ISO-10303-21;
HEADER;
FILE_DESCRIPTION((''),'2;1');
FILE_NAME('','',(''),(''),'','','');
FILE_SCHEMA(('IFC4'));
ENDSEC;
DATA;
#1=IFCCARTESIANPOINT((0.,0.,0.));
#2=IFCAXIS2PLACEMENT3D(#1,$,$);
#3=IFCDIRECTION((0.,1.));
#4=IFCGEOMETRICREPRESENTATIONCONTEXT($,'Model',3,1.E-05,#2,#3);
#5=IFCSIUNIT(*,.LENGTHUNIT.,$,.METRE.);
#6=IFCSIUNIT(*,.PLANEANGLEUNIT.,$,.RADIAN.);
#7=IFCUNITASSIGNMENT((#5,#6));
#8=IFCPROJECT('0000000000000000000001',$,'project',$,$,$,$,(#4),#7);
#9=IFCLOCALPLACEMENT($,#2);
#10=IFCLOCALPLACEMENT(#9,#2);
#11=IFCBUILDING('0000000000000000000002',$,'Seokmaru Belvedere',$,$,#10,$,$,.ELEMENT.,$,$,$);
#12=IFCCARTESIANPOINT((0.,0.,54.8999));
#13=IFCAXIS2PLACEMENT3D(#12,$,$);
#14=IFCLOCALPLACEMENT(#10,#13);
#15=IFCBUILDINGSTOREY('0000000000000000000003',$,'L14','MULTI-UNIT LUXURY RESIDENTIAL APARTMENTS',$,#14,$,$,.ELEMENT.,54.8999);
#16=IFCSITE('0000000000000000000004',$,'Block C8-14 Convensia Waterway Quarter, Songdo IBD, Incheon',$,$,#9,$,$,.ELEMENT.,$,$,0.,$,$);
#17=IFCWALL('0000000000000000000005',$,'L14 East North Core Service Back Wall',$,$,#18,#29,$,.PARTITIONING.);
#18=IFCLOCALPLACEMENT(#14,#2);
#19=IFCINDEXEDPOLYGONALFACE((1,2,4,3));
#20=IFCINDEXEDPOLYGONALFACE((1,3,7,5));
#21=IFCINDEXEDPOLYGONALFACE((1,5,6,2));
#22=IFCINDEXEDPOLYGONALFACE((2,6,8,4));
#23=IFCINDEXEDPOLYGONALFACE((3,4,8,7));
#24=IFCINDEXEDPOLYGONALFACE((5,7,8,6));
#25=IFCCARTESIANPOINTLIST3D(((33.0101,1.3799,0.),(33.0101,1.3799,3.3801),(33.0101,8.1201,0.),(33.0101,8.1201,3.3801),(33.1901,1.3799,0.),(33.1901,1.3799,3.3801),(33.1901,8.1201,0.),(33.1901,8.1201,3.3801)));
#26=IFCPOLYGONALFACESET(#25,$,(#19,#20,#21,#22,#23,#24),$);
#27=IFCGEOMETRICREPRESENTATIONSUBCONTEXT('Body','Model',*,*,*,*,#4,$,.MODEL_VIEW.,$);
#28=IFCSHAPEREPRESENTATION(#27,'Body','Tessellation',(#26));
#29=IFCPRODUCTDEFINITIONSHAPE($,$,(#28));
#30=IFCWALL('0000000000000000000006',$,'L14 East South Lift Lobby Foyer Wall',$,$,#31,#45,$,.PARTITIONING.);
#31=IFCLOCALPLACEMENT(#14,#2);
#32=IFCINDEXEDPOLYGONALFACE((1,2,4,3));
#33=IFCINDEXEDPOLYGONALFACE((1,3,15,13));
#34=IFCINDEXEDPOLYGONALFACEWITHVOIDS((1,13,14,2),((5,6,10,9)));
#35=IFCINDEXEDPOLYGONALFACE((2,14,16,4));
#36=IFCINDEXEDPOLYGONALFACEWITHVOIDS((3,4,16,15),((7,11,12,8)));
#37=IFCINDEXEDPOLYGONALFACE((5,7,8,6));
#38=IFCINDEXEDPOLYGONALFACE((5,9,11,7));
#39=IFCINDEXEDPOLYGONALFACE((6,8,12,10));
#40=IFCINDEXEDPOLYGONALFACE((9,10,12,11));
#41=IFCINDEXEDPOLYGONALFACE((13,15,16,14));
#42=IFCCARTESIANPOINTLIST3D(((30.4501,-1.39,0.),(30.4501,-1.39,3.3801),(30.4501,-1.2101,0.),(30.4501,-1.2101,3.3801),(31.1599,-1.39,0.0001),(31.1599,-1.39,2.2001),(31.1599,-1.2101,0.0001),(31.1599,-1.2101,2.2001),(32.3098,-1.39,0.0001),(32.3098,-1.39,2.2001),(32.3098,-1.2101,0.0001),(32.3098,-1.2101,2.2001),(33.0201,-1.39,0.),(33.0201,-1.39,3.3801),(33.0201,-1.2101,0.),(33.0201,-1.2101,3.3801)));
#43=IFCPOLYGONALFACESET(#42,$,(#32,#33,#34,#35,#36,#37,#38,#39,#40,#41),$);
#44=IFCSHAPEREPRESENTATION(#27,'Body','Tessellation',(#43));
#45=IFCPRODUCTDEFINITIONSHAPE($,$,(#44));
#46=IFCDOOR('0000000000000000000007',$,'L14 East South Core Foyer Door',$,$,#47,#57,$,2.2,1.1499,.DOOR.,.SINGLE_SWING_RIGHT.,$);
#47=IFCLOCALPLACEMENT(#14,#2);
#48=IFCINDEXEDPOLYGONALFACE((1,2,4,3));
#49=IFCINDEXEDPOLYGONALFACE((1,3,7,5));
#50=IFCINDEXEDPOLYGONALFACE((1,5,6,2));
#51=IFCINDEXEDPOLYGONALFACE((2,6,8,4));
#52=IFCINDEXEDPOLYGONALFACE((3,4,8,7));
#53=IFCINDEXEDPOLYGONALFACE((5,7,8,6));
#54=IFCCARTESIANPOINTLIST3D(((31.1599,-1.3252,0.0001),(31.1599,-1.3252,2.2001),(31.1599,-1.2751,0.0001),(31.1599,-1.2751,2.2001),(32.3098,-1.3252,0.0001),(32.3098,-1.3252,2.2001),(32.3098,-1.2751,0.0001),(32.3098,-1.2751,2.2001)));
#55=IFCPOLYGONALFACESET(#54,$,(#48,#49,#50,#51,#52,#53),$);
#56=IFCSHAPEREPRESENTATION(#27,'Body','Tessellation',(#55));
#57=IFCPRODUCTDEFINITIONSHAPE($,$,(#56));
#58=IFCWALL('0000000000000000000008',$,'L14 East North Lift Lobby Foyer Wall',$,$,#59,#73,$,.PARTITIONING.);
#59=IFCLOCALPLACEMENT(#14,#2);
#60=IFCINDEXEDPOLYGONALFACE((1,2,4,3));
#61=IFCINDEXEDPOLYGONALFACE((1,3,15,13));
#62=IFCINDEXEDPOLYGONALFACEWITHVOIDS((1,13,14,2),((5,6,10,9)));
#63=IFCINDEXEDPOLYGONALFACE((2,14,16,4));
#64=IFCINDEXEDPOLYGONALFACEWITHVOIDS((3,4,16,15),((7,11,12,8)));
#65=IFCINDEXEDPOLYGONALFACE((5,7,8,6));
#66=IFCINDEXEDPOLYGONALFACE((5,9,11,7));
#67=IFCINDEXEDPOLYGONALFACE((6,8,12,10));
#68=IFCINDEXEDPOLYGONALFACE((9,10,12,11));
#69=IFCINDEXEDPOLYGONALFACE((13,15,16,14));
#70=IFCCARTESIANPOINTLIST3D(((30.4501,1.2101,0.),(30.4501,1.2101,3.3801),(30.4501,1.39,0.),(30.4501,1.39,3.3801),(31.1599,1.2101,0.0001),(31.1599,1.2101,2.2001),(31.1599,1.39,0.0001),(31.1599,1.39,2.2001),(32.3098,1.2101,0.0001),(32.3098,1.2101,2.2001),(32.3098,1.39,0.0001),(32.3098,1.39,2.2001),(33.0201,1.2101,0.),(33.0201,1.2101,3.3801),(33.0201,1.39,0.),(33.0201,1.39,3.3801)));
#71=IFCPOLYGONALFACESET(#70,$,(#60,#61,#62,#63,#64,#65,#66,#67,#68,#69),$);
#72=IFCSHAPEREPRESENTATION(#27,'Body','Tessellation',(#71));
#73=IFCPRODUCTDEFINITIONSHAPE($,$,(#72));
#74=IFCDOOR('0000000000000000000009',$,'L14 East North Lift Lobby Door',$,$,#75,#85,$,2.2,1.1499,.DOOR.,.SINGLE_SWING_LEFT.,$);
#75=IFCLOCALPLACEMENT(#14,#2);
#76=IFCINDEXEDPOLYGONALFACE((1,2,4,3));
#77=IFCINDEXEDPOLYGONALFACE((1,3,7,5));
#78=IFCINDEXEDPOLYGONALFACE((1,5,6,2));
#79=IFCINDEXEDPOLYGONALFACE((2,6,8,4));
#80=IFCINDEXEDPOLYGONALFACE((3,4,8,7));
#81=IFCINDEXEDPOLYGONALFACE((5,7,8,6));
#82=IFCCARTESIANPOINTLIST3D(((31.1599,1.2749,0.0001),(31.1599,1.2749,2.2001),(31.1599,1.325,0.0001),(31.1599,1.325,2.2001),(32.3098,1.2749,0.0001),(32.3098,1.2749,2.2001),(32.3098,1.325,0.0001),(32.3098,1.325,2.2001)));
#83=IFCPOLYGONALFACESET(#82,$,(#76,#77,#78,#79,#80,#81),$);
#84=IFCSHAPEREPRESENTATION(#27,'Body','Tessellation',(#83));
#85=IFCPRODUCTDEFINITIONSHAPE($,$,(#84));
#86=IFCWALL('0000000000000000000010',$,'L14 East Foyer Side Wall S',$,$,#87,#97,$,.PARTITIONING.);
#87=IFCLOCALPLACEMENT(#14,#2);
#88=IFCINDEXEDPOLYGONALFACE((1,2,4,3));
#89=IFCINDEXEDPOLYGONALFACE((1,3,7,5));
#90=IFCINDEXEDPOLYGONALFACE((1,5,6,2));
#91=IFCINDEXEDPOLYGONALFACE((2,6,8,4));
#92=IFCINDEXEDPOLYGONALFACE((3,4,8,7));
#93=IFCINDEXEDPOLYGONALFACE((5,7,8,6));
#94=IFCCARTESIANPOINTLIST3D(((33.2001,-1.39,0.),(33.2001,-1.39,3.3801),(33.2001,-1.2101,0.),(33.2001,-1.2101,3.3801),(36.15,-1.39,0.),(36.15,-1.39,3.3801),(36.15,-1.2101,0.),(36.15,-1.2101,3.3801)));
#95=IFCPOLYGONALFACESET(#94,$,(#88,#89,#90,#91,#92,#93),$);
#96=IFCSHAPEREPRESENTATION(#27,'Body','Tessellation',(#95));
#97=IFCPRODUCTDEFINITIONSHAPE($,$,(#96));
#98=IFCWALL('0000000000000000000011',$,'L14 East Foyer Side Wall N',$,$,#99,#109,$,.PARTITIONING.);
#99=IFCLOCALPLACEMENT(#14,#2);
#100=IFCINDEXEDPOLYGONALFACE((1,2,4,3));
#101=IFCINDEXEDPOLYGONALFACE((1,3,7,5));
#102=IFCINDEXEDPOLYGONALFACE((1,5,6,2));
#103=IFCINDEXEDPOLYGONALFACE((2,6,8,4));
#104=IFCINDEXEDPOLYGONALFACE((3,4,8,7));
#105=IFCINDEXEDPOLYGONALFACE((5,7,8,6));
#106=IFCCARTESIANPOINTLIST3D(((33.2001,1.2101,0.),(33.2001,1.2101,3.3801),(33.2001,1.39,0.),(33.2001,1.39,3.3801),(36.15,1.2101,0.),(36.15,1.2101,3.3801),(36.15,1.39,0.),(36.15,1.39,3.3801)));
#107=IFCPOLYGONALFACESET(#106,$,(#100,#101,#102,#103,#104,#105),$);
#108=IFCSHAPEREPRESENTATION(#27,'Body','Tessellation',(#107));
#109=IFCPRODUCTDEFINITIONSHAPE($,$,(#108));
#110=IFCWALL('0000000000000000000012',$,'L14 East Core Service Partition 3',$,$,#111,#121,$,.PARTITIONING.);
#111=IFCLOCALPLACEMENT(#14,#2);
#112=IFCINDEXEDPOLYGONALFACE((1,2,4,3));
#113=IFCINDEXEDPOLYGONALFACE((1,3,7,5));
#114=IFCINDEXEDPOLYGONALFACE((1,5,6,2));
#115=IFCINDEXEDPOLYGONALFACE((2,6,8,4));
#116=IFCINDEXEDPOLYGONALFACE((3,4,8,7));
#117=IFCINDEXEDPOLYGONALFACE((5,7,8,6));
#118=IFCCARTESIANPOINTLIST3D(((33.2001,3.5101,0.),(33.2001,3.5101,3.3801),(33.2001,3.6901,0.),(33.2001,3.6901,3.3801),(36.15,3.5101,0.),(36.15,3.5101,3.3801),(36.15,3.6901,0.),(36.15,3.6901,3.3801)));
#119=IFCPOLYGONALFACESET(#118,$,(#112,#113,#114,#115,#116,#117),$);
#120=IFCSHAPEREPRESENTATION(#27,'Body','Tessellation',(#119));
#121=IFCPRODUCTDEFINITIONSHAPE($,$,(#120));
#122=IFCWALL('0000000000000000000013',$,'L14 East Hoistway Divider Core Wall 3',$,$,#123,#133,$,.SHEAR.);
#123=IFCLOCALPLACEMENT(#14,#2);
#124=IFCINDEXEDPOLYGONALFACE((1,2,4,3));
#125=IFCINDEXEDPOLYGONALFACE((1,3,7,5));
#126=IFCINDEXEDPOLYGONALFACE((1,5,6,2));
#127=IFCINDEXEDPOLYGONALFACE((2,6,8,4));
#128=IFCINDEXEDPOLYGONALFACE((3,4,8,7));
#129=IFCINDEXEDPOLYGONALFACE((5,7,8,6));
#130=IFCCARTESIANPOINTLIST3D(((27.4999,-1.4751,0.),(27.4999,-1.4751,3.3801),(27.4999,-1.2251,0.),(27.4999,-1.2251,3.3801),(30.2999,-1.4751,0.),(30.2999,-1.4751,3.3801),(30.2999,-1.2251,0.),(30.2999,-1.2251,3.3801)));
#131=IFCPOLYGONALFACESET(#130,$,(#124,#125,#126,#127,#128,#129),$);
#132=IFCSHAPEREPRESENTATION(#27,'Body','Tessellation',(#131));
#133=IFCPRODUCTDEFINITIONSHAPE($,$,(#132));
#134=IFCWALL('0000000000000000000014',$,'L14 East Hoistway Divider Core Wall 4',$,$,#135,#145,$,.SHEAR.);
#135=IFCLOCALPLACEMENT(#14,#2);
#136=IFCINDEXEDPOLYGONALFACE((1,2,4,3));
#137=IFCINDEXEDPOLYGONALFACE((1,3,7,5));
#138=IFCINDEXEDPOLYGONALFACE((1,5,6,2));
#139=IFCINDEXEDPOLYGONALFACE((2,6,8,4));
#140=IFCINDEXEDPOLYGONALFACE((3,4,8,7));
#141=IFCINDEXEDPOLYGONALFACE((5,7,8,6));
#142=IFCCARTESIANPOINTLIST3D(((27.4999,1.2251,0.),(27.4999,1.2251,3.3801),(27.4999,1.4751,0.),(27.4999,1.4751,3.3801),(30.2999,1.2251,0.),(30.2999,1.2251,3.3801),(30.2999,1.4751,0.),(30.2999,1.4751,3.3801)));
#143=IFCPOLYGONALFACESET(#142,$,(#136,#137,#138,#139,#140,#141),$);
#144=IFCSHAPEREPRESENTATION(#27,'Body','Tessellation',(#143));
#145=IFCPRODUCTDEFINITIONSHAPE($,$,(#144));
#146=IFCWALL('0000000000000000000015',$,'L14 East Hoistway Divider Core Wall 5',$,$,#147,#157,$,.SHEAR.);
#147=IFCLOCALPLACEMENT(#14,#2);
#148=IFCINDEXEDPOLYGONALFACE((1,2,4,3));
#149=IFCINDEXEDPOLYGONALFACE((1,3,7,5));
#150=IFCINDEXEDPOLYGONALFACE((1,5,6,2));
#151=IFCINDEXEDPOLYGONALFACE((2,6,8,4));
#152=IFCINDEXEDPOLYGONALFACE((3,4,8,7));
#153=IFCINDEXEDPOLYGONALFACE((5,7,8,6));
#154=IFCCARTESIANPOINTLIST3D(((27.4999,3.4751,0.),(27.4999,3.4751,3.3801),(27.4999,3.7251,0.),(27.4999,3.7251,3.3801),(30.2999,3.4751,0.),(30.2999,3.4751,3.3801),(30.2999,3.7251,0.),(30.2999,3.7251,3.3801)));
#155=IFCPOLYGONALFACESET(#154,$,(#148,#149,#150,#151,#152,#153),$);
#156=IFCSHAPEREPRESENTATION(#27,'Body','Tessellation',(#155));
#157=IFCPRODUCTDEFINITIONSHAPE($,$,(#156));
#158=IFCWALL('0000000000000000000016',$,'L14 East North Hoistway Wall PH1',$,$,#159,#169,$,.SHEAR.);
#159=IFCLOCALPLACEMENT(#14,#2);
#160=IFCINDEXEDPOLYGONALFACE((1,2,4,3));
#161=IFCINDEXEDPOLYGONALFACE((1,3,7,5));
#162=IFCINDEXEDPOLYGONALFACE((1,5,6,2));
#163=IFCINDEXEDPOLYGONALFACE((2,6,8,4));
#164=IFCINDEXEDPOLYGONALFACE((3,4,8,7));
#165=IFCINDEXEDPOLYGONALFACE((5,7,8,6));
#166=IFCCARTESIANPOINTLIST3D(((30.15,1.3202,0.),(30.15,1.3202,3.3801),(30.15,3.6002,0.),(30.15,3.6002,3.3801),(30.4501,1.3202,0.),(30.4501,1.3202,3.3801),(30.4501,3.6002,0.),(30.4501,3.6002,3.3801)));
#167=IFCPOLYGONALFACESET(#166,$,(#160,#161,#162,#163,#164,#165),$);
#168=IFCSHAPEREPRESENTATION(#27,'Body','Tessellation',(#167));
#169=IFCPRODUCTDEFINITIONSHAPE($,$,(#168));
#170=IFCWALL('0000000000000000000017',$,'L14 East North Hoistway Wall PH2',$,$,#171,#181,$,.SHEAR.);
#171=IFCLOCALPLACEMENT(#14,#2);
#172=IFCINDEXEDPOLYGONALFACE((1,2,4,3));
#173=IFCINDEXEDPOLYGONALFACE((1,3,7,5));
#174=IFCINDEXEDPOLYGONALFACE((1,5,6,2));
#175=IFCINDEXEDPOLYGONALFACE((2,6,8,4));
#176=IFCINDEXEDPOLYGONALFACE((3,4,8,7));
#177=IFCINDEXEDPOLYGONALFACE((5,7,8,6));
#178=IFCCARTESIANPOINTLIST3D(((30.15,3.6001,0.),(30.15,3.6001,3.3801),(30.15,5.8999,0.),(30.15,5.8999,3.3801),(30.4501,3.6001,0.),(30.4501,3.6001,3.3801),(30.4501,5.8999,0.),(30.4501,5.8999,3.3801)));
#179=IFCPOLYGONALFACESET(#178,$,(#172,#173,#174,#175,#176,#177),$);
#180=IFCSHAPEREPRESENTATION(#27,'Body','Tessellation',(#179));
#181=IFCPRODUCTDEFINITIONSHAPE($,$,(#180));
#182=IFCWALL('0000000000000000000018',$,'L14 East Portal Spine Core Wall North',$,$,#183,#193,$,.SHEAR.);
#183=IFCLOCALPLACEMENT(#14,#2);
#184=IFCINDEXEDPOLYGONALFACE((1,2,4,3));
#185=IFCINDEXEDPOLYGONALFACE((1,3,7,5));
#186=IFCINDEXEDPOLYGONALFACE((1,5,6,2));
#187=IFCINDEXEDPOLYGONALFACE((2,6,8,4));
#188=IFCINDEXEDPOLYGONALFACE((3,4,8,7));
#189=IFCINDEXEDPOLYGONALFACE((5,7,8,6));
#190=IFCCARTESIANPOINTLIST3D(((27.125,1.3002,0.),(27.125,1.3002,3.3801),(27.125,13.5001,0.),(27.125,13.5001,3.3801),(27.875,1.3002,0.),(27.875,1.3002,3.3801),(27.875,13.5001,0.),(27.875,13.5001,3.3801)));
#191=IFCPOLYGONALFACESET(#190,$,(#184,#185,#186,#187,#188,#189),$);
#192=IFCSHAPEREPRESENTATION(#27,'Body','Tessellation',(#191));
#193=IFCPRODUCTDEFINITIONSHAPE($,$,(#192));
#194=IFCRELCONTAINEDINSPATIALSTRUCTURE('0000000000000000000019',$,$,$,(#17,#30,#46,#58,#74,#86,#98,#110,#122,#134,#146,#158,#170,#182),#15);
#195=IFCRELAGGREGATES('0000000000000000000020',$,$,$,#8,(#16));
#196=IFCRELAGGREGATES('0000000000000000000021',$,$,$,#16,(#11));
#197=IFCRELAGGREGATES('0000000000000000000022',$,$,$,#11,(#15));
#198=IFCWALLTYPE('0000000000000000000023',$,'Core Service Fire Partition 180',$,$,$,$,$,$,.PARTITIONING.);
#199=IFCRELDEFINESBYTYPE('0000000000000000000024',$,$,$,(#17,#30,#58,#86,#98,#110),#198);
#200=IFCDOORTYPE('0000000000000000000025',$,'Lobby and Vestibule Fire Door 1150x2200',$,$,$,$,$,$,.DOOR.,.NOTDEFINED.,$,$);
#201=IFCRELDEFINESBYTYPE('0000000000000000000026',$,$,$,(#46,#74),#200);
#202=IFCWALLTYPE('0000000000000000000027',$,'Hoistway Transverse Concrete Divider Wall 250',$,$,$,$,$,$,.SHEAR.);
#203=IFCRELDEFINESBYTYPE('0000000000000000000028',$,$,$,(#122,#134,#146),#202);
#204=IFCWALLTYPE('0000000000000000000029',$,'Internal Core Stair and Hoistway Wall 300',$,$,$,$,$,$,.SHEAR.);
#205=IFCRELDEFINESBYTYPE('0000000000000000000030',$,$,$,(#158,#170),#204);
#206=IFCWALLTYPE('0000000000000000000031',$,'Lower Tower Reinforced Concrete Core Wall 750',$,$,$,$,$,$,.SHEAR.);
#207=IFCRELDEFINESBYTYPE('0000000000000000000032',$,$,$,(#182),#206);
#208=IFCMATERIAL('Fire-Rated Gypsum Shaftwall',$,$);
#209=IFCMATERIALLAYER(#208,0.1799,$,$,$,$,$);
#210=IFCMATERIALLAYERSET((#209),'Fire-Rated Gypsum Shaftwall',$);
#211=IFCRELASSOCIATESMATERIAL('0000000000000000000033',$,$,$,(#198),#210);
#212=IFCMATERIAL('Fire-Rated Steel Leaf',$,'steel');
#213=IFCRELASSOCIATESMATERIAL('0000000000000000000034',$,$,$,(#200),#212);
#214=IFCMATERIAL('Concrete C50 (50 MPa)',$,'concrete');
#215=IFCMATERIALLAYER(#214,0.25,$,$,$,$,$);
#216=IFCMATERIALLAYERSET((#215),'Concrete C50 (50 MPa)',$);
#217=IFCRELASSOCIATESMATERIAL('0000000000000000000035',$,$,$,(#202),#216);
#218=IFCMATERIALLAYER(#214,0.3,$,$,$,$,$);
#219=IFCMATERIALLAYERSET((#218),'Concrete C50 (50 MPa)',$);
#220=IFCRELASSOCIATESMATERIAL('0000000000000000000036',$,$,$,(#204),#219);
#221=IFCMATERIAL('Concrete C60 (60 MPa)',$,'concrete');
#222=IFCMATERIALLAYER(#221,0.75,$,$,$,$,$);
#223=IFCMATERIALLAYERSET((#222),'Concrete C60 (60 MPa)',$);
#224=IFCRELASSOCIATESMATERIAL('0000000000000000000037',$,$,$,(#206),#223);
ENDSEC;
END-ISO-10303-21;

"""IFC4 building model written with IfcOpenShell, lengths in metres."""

from ifc_helpers import new_model, si_unit, direction, frame, frame_2d, origin, place, context, subcontext, project, spatial, rectangle, extrude, source, transform, mapped, material, layer, layer_set, type_object, type_shapes, element, fill, save


model = new_model("IFC4")

# Units and contexts
model_context = context("Model", 3, precision=1e-05, world=origin(), true_north=direction((0.0, 1.0)))
body_context = subcontext(model_context, "Body", "Model", "MODEL_VIEW")
ifc_project = project(units=[si_unit("LENGTHUNIT", "METRE"), si_unit("PLANEANGLEUNIT", "RADIAN")], contexts=[model_context])

# Site, building, storey
site_placement = place(None, origin())
site = spatial("IfcSite", under=ifc_project, at=site_placement, Name="Block C8-14 Convensia Waterway Quarter, Songdo IBD, Incheon", CompositionType="ELEMENT", RefElevation=0.0)
building_placement = place(site_placement, origin())
building = spatial("IfcBuilding", under=site, at=building_placement, Name="Seokmaru Belvedere", CompositionType="ELEMENT")
storey_placement = place(building_placement, frame((0.0, 0.0, 54.8999)))
storey = spatial("IfcBuildingStorey", under=building, at=storey_placement, Name="L14", Description="MULTI-UNIT LUXURY RESIDENTIAL APARTMENTS", CompositionType="ELEMENT", Elevation=54.8999)

# Wall
ifc_material_1 = material(Name="Fire-Rated Gypsum Shaftwall")
ifc_layer_1 = layer(ifc_material_1, 0.1799)
ifc_layer_set_1 = layer_set([ifc_layer_1], Name="Fire-Rated Gypsum Shaftwall")
wall_type_1 = type_object("IfcWallType", Name="Core Service Fire Partition 180", PredefinedType="PARTITIONING", material=ifc_layer_set_1)
wall_1_placement = place(storey_placement, frame((33.1001, 1.3799, 0.0), z_axis=(0.0, 0.0, 1.0), x_axis=(0.0, 1.0, 0.0)))
element("IfcWall", 1, at=wall_1_placement, inside=storey, type_object=wall_type_1, Name="L14 East North Core Service Back Wall", PredefinedType="PARTITIONING", context=body_context, shape_type="SweptSolid", body=[
    extrude(rectangle(XDim=6.7402, YDim=0.1799, at=frame_2d((3.3701, 0.0))), origin(), (0.0, 0.0, 1.0), 3.3801),
])

# Walls, openings, doors
wall_2_placement = place(storey_placement, frame((30.45, -1.3, 0.0), z_axis=(0.0, 0.0, 1.0), x_axis=(1.0, 0.0, 0.0)))
wall_2 = element("IfcWall", 2, at=wall_2_placement, inside=storey, type_object=wall_type_1, Name="L14 East South Lift Lobby Foyer Wall", PredefinedType="PARTITIONING", context=body_context, shape_type="SweptSolid", body=[
    extrude(rectangle(XDim=2.5701, YDim=0.1799, at=frame_2d((1.2852, 0.0))), origin(), (0.0, 0.0, 1.0), 3.3801),
])
opening_1_placement = place(wall_2_placement, frame((0.71, 0.0, 0.0)))
opening_1 = element("IfcOpeningElement", 3, at=opening_1_placement, cuts=wall_2, PredefinedType="OPENING", context=body_context, shape_type="SweptSolid", body=[
    extrude(rectangle(XDim=1.1499, YDim=2.2, at=frame_2d((0.575, 1.1001))), frame((0.0, 0.1001, 0.0), z_axis=(0.0, -1.0, 0.0), x_axis=(1.0, 0.0, 0.0)), (0.0, 0.0, 1.0), 0.2),
])
ifc_material_2 = material(Name="Fire-Rated Steel Leaf", Category="steel")
door_type_1 = type_object("IfcDoorType", Name="Lobby and Vestibule Fire Door 1150x2200", OperationType="NOTDEFINED", PredefinedType="DOOR", material=ifc_material_2)
shared_shape_1 = source(origin(), body_context, "Body", "SweptSolid", [
    extrude(rectangle(XDim=1.1499, YDim=2.2, at=frame_2d((0.575, 1.1001))), frame((0.0, 0.0249, 0.0), z_axis=(0.0, -1.0, 0.0), x_axis=(1.0, 0.0, 0.0)), (0.0, 0.0, 1.0), 0.05),
])
type_shapes(door_type_1, [shared_shape_1])
door_1_placement = place(opening_1_placement, origin())
door_1 = element("IfcDoor", 4, at=door_1_placement, inside=storey, type_object=door_type_1, Name="L14 East South Core Foyer Door", OperationType="SINGLE_SWING_RIGHT", OverallHeight=2.2, OverallWidth=1.1499, PredefinedType="DOOR", context=body_context, shape_type="MappedRepresentation", body=[
    mapped(shared_shape_1, transform((0.0, 0.0, 0.0), scale=1.0)),
])
fill(opening_1, door_1)
wall_3_placement = place(storey_placement, frame((30.45, 1.3, 0.0), z_axis=(0.0, 0.0, 1.0), x_axis=(1.0, 0.0, 0.0)))
wall_3 = element("IfcWall", 5, at=wall_3_placement, inside=storey, type_object=wall_type_1, Name="L14 East North Lift Lobby Foyer Wall", PredefinedType="PARTITIONING", context=body_context, shape_type="SweptSolid", body=[
    extrude(rectangle(XDim=2.5701, YDim=0.1799, at=frame_2d((1.2852, 0.0))), origin(), (0.0, 0.0, 1.0), 3.3801),
])
opening_2_placement = place(wall_3_placement, frame((0.71, 0.0, 0.0)))
opening_2 = element("IfcOpeningElement", 6, at=opening_2_placement, cuts=wall_3, PredefinedType="OPENING", context=body_context, shape_type="SweptSolid", body=[
    extrude(rectangle(XDim=1.1499, YDim=2.2, at=frame_2d((0.575, 1.1001))), frame((0.0, 0.1001, 0.0), z_axis=(0.0, -1.0, 0.0), x_axis=(1.0, 0.0, 0.0)), (0.0, 0.0, 1.0), 0.2),
])
door_2_placement = place(opening_2_placement, origin())
door_2 = element("IfcDoor", 7, at=door_2_placement, inside=storey, type_object=door_type_1, Name="L14 East North Lift Lobby Door", OperationType="SINGLE_SWING_LEFT", OverallHeight=2.2, OverallWidth=1.1499, PredefinedType="DOOR", context=body_context, shape_type="MappedRepresentation", body=[
    mapped(shared_shape_1, transform((0.0, 0.0, 0.0), scale=1.0)),
])
fill(opening_2, door_2)

# Walls
for number, where, z_axis, x_axis, name in (
    (8, (33.2, -1.3, 0.0), (0.0, 0.0, 1.0), (1.0, 0.0, 0.0), "L14 East Foyer Side Wall S"),
    (9, (33.2, 1.3, 0.0), (0.0, 0.0, 1.0), (1.0, 0.0, 0.0), "L14 East Foyer Side Wall N"),
    (10, (33.2, 3.6001, 0.0), (0.0, 0.0, 1.0), (1.0, 0.0, 0.0), "L14 East Core Service Partition 3"),
):
    element("IfcWall", number, at=place(storey_placement, frame(where, z_axis=z_axis, x_axis=x_axis)), inside=storey, type_object=wall_type_1, Name=name, PredefinedType="PARTITIONING", context=body_context, shape_type="SweptSolid", body=[
        extrude(rectangle(XDim=2.95, YDim=0.1799, at=frame_2d((1.4751, 0.0))), origin(), (0.0, 0.0, 1.0), 3.3801),
    ])
ifc_material_3 = material(Name="Concrete C50 (50 MPa)", Category="concrete")
ifc_layer_2 = layer(ifc_material_3, 0.25)
ifc_layer_set_2 = layer_set([ifc_layer_2], Name="Concrete C50 (50 MPa)")
wall_type_2 = type_object("IfcWallType", Name="Hoistway Transverse Concrete Divider Wall 250", PredefinedType="SHEAR", material=ifc_layer_set_2)
for number, where, z_axis, x_axis, name in (
    (11, (27.5, -1.3501, 0.0), (0.0, 0.0, 1.0), (1.0, 0.0, 0.0), "L14 East Hoistway Divider Core Wall 3"),
    (12, (27.5, 1.3501, 0.0), (0.0, 0.0, 1.0), (1.0, 0.0, 0.0), "L14 East Hoistway Divider Core Wall 4"),
    (13, (27.5, 3.6001, 0.0), (0.0, 0.0, 1.0), (1.0, 0.0, 0.0), "L14 East Hoistway Divider Core Wall 5"),
):
    element("IfcWall", number, at=place(storey_placement, frame(where, z_axis=z_axis, x_axis=x_axis)), inside=storey, type_object=wall_type_2, Name=name, PredefinedType="SHEAR", context=body_context, shape_type="SweptSolid", body=[
        extrude(rectangle(XDim=2.8, YDim=0.25, at=frame_2d((1.3999, 0.0))), origin(), (0.0, 0.0, 1.0), 3.3801),
    ])
ifc_layer_3 = layer(ifc_material_3, 0.3)
ifc_layer_set_3 = layer_set([ifc_layer_3], Name="Concrete C50 (50 MPa)")
wall_type_3 = type_object("IfcWallType", Name="Internal Core Stair and Hoistway Wall 300", PredefinedType="SHEAR", material=ifc_layer_set_3)
wall_4_placement = place(storey_placement, frame((30.3, 1.3201, 0.0), z_axis=(0.0, 0.0, 1.0), x_axis=(0.0, 1.0, 0.0)))
element("IfcWall", 14, at=wall_4_placement, inside=storey, type_object=wall_type_3, Name="L14 East North Hoistway Wall PH1", PredefinedType="SHEAR", context=body_context, shape_type="SweptSolid", body=[
    extrude(rectangle(XDim=2.28, YDim=0.3, at=frame_2d((1.1401, 0.0))), origin(), (0.0, 0.0, 1.0), 3.3801),
])
wall_5_placement = place(storey_placement, frame((30.3, 3.6001, 0.0), z_axis=(0.0, 0.0, 1.0), x_axis=(0.0, 1.0, 0.0)))
element("IfcWall", 15, at=wall_5_placement, inside=storey, type_object=wall_type_3, Name="L14 East North Hoistway Wall PH2", PredefinedType="SHEAR", context=body_context, shape_type="SweptSolid", body=[
    extrude(rectangle(XDim=2.2998, YDim=0.3, at=frame_2d((1.1499, 0.0))), origin(), (0.0, 0.0, 1.0), 3.3801),
])
ifc_material_4 = material(Name="Concrete C60 (60 MPa)", Category="concrete")
ifc_layer_4 = layer(ifc_material_4, 0.75)
ifc_layer_set_4 = layer_set([ifc_layer_4], Name="Concrete C60 (60 MPa)")
wall_type_4 = type_object("IfcWallType", Name="Lower Tower Reinforced Concrete Core Wall 750", PredefinedType="SHEAR", material=ifc_layer_set_4)
wall_6_placement = place(storey_placement, frame((27.5, 1.3, 0.0), z_axis=(0.0, 0.0, 1.0), x_axis=(0.0, 1.0, 0.0)))
element("IfcWall", 16, at=wall_6_placement, inside=storey, type_object=wall_type_4, Name="L14 East Portal Spine Core Wall North", PredefinedType="SHEAR", context=body_context, shape_type="SweptSolid", body=[
    extrude(rectangle(XDim=12.2, YDim=0.75, at=frame_2d((6.1001, 0.0))), origin(), (0.0, 0.0, 1.0), 3.3801),
])

save(model, "model.ifc")
